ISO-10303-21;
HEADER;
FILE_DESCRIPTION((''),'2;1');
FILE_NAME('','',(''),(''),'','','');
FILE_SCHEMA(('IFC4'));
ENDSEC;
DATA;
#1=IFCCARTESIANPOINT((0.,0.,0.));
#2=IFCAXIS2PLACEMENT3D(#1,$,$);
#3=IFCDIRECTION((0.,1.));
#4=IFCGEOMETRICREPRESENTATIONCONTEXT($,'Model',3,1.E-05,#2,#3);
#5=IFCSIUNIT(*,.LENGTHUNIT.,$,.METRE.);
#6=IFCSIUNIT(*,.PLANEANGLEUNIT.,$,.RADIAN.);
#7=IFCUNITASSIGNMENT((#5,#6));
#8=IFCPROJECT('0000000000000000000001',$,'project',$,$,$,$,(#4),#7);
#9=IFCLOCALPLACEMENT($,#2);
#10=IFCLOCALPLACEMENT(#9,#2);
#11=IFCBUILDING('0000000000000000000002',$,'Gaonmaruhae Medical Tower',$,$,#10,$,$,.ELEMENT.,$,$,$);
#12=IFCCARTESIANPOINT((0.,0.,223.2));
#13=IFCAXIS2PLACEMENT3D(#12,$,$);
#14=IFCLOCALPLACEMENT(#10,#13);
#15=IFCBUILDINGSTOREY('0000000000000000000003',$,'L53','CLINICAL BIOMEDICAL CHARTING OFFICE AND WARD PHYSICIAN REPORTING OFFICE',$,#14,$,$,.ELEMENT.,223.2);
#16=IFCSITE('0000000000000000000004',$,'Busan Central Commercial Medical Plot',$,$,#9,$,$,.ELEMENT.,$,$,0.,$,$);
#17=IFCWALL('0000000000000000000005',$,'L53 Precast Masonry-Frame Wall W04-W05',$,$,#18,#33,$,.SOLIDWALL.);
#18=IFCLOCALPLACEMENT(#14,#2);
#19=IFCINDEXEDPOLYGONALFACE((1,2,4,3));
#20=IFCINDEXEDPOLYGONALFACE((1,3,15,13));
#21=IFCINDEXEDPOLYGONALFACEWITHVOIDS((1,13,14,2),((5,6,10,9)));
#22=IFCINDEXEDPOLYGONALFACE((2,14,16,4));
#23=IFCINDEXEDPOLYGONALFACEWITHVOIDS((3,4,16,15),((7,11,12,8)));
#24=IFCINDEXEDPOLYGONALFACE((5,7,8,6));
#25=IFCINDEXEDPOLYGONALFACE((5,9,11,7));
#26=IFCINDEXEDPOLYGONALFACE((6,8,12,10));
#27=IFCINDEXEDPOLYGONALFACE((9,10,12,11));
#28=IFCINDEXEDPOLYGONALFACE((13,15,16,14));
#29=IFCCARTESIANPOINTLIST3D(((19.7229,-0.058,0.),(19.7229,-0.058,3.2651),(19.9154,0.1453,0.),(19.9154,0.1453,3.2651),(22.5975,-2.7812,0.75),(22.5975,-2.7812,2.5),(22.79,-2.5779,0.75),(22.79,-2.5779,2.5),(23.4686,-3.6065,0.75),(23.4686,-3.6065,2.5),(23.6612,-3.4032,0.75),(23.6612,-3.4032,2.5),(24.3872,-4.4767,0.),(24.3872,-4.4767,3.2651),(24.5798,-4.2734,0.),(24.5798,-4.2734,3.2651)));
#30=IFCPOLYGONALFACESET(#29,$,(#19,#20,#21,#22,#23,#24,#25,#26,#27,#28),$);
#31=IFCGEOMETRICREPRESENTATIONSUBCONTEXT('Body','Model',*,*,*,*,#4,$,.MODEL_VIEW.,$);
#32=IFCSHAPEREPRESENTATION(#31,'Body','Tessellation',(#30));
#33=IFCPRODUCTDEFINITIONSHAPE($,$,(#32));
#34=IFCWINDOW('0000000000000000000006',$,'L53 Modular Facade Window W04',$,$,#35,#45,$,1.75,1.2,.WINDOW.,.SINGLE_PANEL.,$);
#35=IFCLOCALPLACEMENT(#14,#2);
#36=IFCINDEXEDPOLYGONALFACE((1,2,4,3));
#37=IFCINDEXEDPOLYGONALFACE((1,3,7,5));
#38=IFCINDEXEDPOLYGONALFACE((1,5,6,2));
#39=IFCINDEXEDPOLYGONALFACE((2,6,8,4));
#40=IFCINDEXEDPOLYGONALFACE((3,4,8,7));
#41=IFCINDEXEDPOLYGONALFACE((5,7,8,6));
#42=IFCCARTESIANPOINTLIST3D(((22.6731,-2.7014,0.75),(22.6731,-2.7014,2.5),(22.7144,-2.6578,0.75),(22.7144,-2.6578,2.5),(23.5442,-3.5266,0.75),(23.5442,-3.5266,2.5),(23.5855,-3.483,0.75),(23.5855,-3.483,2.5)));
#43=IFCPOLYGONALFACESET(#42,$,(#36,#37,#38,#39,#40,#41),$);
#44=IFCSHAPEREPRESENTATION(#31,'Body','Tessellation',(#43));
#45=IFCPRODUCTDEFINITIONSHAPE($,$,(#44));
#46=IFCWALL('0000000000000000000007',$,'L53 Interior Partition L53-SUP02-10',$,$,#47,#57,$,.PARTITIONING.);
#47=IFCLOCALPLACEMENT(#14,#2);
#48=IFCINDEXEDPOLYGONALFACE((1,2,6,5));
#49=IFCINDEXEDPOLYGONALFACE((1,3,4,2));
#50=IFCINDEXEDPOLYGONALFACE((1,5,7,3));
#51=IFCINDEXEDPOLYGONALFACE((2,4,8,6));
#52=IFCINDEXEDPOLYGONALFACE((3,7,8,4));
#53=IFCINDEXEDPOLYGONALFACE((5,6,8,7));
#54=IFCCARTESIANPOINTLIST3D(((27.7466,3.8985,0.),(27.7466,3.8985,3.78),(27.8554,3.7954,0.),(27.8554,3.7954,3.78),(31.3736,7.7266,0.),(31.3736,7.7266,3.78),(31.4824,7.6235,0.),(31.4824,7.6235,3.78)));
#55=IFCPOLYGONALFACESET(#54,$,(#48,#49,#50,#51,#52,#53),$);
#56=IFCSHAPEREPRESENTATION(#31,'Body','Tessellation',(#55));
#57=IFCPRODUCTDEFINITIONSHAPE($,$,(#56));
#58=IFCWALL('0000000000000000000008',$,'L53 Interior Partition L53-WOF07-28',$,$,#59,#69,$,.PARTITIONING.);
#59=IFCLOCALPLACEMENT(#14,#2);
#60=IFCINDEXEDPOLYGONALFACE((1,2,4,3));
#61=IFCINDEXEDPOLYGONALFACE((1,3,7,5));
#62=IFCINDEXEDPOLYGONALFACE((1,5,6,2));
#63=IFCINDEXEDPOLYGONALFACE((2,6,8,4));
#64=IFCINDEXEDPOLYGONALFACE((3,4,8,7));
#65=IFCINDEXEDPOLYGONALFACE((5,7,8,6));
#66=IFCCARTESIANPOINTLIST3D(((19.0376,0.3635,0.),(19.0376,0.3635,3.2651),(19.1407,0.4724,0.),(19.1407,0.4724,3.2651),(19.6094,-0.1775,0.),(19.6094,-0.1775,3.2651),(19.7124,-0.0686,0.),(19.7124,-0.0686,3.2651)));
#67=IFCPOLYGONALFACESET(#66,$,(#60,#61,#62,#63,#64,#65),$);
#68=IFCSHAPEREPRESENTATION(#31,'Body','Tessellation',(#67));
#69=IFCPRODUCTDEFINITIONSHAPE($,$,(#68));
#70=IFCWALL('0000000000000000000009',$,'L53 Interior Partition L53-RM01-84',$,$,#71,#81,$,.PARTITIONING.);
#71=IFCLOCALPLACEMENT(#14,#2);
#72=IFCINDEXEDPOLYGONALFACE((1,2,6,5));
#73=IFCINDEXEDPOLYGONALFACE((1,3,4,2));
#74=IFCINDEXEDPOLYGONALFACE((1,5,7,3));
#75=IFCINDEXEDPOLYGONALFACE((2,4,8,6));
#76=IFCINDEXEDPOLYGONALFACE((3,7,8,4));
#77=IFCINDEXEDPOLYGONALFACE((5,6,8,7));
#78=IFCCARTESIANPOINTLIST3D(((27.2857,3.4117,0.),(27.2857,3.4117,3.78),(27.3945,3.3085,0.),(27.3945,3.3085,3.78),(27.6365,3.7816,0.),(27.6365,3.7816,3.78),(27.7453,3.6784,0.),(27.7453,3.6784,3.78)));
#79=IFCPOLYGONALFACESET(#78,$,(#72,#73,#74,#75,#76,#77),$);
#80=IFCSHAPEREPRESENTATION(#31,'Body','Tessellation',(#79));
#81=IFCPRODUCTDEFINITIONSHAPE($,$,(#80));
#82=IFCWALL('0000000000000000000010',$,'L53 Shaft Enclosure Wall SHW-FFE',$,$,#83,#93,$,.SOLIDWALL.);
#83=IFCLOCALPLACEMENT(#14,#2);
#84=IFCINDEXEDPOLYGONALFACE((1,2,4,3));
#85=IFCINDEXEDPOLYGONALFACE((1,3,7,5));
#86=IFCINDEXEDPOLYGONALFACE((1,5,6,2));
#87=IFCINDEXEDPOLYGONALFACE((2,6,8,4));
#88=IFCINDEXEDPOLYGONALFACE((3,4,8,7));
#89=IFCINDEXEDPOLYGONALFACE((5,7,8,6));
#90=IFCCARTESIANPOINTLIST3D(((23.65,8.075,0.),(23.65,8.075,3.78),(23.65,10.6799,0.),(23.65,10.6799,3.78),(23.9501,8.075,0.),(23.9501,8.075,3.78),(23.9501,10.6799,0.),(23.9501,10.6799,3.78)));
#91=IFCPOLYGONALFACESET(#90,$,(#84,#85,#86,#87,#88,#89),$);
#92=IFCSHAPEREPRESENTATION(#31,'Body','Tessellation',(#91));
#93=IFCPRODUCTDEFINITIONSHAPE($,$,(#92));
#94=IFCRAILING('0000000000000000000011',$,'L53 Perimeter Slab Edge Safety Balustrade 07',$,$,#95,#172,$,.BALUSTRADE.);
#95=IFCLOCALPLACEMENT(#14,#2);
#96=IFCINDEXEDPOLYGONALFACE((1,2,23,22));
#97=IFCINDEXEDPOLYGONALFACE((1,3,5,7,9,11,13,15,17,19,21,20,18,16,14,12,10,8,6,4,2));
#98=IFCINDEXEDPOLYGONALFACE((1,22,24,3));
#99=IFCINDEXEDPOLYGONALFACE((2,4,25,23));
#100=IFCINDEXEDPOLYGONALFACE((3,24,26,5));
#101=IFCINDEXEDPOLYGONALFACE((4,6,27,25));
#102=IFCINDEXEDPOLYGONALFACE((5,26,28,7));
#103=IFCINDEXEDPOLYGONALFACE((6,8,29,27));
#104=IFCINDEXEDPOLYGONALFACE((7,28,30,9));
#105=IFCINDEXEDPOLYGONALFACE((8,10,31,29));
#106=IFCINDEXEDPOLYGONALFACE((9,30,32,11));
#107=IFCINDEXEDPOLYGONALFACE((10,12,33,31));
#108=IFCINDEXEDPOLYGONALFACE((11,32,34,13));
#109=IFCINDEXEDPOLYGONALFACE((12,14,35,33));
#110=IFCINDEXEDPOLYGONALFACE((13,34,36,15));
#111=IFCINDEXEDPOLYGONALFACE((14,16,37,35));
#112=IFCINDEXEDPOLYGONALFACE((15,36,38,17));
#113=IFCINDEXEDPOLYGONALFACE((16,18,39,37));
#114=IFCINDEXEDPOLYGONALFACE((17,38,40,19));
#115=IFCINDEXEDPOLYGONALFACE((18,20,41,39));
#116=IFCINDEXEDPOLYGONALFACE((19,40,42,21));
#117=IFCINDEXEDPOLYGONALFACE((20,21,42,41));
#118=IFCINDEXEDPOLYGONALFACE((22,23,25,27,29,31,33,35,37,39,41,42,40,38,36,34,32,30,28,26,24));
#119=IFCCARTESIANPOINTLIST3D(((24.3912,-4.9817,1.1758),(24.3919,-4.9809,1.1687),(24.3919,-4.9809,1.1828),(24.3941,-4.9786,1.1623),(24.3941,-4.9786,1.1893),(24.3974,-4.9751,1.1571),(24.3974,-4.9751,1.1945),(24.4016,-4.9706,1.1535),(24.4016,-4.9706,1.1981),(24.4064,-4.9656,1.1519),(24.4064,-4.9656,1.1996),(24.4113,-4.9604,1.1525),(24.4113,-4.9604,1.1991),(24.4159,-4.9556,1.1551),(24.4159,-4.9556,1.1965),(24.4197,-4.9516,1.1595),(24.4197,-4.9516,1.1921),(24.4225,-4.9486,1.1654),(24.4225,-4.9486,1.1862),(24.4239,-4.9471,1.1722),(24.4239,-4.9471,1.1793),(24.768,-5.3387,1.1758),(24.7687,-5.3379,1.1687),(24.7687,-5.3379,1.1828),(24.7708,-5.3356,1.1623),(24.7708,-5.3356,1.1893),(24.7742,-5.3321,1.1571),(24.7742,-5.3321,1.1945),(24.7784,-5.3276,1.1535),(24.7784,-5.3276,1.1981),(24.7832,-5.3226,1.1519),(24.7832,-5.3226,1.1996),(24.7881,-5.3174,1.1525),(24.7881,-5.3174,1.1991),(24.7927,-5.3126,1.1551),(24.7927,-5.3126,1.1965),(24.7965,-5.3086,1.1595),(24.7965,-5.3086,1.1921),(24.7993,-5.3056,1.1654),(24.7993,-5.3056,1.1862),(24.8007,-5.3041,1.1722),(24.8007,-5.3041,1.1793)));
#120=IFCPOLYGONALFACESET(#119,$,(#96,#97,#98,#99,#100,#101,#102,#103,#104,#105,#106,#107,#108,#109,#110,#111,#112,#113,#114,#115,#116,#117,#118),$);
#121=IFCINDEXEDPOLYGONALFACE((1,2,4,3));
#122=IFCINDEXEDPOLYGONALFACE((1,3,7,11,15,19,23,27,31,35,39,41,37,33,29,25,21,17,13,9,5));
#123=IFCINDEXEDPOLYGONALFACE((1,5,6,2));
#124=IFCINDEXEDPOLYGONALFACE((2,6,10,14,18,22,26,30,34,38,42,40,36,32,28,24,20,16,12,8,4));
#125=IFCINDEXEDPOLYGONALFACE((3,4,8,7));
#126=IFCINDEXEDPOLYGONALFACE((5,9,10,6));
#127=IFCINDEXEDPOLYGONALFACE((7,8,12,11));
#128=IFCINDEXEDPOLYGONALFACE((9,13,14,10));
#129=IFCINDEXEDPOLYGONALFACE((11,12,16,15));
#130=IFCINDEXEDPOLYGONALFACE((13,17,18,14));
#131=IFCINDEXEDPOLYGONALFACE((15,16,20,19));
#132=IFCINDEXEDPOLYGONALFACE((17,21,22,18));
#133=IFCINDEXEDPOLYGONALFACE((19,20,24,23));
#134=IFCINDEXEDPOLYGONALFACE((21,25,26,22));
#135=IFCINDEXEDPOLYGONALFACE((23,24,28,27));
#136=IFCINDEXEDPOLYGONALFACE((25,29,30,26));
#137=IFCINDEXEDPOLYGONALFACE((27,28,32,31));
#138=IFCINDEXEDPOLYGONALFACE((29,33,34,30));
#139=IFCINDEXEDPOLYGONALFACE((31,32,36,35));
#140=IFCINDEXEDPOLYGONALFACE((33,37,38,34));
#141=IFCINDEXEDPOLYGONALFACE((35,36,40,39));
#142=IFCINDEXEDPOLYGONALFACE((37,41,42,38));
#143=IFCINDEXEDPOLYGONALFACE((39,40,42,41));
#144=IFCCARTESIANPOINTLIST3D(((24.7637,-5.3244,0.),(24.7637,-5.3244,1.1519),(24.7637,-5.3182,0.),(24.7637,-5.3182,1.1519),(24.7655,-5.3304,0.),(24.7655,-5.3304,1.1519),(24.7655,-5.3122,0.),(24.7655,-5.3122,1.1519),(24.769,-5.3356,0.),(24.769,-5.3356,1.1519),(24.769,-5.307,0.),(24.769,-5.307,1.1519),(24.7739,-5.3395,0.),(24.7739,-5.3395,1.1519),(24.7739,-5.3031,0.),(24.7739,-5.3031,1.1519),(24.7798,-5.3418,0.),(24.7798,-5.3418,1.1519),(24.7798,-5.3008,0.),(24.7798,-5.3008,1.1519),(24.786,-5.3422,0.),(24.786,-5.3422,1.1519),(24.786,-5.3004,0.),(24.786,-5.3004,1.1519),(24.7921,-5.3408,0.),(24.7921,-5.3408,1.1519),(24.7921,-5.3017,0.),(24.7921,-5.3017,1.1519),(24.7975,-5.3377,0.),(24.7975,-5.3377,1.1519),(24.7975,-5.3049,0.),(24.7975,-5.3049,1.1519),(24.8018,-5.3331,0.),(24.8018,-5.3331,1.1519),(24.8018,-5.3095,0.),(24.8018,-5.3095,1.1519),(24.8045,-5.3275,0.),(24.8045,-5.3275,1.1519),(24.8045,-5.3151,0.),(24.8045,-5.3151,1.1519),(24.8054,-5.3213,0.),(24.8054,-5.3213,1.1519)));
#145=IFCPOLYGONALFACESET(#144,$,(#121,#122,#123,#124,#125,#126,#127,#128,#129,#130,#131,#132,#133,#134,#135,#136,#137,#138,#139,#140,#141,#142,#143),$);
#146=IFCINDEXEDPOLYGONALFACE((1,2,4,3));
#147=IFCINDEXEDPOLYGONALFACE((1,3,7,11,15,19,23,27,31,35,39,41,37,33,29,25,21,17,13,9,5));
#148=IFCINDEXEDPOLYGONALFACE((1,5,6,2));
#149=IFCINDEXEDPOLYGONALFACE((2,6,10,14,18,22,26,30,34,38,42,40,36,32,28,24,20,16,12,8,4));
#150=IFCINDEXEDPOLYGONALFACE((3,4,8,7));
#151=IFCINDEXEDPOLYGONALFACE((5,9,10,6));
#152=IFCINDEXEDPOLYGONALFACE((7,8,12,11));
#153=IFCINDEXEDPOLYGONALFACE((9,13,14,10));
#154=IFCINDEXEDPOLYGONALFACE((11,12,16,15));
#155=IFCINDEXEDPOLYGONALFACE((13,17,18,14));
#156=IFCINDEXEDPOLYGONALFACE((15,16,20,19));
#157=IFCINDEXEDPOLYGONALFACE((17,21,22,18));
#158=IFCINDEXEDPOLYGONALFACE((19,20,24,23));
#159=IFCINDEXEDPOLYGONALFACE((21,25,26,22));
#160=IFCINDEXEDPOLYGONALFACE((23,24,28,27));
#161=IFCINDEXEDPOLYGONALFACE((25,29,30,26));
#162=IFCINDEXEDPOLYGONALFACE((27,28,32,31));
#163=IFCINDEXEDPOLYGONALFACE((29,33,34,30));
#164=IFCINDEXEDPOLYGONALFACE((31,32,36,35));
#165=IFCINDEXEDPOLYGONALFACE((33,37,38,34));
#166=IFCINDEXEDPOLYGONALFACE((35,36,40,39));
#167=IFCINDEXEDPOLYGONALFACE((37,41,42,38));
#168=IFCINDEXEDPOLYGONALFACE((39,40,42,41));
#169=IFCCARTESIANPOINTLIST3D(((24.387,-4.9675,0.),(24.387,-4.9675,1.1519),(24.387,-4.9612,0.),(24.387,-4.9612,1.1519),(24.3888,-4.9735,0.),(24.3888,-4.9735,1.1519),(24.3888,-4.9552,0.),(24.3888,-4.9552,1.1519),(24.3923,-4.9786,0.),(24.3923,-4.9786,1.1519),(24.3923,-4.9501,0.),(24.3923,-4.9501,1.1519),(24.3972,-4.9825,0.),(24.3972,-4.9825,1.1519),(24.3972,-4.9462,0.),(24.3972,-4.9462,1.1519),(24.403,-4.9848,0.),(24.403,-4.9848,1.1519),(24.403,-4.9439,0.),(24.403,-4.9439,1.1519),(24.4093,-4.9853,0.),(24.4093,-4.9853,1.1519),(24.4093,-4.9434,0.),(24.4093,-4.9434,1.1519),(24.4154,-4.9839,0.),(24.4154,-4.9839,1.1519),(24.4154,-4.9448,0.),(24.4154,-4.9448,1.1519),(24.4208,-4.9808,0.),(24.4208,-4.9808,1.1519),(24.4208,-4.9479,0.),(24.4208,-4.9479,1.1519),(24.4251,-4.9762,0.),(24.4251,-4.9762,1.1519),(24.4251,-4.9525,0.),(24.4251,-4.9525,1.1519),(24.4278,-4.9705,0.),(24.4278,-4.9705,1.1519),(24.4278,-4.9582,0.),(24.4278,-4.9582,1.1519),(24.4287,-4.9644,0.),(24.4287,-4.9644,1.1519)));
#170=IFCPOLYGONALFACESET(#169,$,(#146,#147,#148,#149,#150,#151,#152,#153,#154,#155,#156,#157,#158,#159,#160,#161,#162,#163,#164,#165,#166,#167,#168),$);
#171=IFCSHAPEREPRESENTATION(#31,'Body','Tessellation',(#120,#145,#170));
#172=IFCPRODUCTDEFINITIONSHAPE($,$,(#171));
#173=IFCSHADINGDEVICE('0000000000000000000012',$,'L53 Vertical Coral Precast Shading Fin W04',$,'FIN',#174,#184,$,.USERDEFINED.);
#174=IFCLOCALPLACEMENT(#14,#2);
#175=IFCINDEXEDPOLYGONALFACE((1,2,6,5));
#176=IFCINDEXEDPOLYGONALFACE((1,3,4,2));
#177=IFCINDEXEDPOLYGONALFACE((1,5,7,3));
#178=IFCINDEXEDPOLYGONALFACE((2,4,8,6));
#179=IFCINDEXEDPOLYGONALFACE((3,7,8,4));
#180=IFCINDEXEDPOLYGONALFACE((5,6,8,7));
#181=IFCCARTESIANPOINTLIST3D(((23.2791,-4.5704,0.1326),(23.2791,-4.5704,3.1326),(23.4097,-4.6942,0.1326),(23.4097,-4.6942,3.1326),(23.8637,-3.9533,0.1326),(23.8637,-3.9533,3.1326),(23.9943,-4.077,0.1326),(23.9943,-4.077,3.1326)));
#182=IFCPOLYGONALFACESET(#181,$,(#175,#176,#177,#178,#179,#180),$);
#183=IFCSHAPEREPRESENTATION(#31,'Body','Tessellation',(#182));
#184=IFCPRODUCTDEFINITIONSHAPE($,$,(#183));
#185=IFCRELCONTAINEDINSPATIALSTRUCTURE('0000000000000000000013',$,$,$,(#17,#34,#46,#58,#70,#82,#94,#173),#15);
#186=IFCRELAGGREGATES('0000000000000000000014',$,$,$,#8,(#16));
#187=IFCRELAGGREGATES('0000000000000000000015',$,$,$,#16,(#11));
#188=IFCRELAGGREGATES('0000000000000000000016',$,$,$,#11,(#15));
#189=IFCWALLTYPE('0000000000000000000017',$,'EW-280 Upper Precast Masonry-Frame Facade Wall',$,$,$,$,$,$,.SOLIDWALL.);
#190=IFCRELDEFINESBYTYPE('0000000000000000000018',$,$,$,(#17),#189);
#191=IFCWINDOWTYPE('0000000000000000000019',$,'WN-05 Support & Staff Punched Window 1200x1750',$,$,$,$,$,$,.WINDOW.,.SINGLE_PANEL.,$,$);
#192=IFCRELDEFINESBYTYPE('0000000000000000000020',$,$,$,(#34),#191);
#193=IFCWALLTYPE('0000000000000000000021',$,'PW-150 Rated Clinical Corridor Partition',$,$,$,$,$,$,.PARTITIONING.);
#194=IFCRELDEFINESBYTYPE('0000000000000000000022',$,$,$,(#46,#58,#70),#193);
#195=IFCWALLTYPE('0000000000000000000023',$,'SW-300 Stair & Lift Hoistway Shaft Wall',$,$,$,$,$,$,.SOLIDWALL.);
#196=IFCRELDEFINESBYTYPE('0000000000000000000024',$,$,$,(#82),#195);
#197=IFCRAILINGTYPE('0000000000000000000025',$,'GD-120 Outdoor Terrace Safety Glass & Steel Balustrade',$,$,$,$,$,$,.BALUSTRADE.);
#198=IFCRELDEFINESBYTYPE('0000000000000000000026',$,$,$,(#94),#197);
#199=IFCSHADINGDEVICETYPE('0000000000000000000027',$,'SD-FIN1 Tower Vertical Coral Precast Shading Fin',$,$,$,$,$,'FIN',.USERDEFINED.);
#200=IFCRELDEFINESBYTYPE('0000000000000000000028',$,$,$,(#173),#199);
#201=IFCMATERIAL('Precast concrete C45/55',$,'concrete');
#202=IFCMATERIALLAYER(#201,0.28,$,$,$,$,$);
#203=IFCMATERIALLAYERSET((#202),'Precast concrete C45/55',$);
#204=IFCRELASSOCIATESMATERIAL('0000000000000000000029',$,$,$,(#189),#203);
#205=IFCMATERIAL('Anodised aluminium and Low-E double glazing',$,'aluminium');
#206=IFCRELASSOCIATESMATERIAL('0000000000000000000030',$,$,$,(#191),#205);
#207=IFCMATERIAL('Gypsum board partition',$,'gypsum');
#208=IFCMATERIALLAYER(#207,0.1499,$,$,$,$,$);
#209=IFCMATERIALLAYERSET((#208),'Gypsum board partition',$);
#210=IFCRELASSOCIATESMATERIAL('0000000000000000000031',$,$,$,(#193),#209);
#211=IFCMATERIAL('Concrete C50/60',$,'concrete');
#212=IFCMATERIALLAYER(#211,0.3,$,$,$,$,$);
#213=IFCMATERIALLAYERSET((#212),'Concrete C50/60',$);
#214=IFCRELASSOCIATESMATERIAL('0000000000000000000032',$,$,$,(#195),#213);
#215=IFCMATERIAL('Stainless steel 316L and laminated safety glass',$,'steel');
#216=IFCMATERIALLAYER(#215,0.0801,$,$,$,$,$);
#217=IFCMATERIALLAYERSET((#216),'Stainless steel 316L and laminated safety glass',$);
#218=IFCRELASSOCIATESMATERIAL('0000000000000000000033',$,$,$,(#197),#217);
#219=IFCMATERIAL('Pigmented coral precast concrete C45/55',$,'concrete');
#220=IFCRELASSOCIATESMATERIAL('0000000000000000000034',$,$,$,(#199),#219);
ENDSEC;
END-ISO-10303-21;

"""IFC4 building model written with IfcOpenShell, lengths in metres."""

from ifc_helpers import new_model, si_unit, direction, frame, frame_2d, origin, origin_2d, place, context, subcontext, project, spatial, rectangle, circle, extrude, material, layer, layer_set, type_object, element, fill, save


model = new_model("IFC4")

# Units and contexts
model_context = context("Model", 3, precision=1e-05, world=origin(), true_north=direction((0.0, 1.0)))
body_context = subcontext(model_context, "Body", "Model", "MODEL_VIEW")
ifc_project = project(units=[si_unit("LENGTHUNIT", "METRE"), si_unit("PLANEANGLEUNIT", "RADIAN")], contexts=[model_context])

# Site, building, storey
site_placement = place(None, origin())
site = spatial("IfcSite", under=ifc_project, at=site_placement, Name="Busan Central Commercial Medical Plot", CompositionType="ELEMENT", RefElevation=0.0)
building_placement = place(site_placement, origin())
building = spatial("IfcBuilding", under=site, at=building_placement, Name="Gaonmaruhae Medical Tower", CompositionType="ELEMENT")
storey_placement = place(building_placement, frame((0.0, 0.0, 223.2)))
storey = spatial("IfcBuildingStorey", under=building, at=storey_placement, Name="L53", Description="CLINICAL BIOMEDICAL CHARTING OFFICE AND WARD PHYSICIAN REPORTING OFFICE", CompositionType="ELEMENT", Elevation=223.2)

# Shared definitions
ifc_material_1 = material(Name="Concrete C50/60", Category="concrete")

# Wall, opening, window
ifc_material_2 = material(Name="Precast concrete C45/55", Category="concrete")
ifc_layer_1 = layer(ifc_material_2, 0.28)
ifc_layer_set_1 = layer_set([ifc_layer_1], Name="Precast concrete C45/55")
wall_type_1 = type_object("IfcWallType", Name="EW-280 Upper Precast Masonry-Frame Facade Wall", PredefinedType="SOLIDWALL", material=ifc_layer_set_1)
ifc_material_3 = material(Name="Anodised aluminium and Low-E double glazing", Category="aluminium")
wall_1_placement = place(storey_placement, frame((24.4834, -4.375, 0.0), z_axis=(0.0, 0.0, 1.0), x_axis=(-0.725962, 0.687735, 0.0)))
wall_1 = element("IfcWall", 1, at=wall_1_placement, inside=storey, type_object=wall_type_1, Name="L53 Precast Masonry-Frame Wall W04-W05", PredefinedType="SOLIDWALL", context=body_context, shape_type="SweptSolid", body=[
    extrude(rectangle(XDim=6.425, YDim=0.28, at=frame_2d((3.2124, 0.0))), origin(), (0.0, 0.0, 1.0), 3.2651),
])
opening_1_placement = place(wall_1_placement, frame((1.2651, 0.0, 0.75)))
opening_1 = element("IfcOpeningElement", 2, at=opening_1_placement, cuts=wall_1, PredefinedType="OPENING", context=body_context, shape_type="SweptSolid", body=[
    extrude(rectangle(XDim=1.2, YDim=1.75, at=frame_2d((0.6001, 0.875))), frame((0.0, 0.1499, 0.0), z_axis=(0.0, -1.0, 0.0), x_axis=(1.0, 0.0, 0.0)), (0.0, 0.0, 1.0), 0.3),
])
window_type_1 = type_object("IfcWindowType", Name="WN-05 Support & Staff Punched Window 1200x1750", PartitioningType="SINGLE_PANEL", PredefinedType="WINDOW", material=ifc_material_3)
window_1_placement = place(opening_1_placement, origin())
window_1 = element("IfcWindow", 3, at=window_1_placement, inside=storey, type_object=window_type_1, Name="L53 Modular Facade Window W04", OverallHeight=1.75, OverallWidth=1.2, PartitioningType="SINGLE_PANEL", PredefinedType="WINDOW", context=body_context, shape_type="SweptSolid", body=[
    extrude(rectangle(XDim=1.2, YDim=1.75, at=frame_2d((0.6001, 0.875))), frame((0.0, 0.03, 0.0), z_axis=(0.0, -1.0, 0.0), x_axis=(1.0, 0.0, 0.0)), (0.0, 0.0, 1.0), 0.0601),
])
fill(opening_1, window_1)

# Walls
ifc_material_4 = material(Name="Gypsum board partition", Category="gypsum")
ifc_layer_2 = layer(ifc_material_4, 0.1499)
ifc_layer_set_2 = layer_set([ifc_layer_2], Name="Gypsum board partition")
wall_type_2 = type_object("IfcWallType", Name="PW-150 Rated Clinical Corridor Partition", PredefinedType="PARTITIONING", material=ifc_layer_set_2)
wall_2_placement = place(storey_placement, frame((27.801, 3.8469, 0.0), z_axis=(0.0, 0.0, 1.0), x_axis=(0.687775, 0.725923, 0.0)))
element("IfcWall", 4, at=wall_2_placement, inside=storey, type_object=wall_type_2, Name="L53 Interior Partition L53-SUP02-10", PredefinedType="PARTITIONING", context=body_context, shape_type="SweptSolid", body=[
    extrude(rectangle(XDim=5.2734, YDim=0.1499, at=frame_2d((2.6367, 0.0))), origin(), (0.0, 0.0, 1.0), 3.78),
])
wall_3_placement = place(storey_placement, frame((19.6609, -0.123, 0.0), z_axis=(0.0, 0.0, 1.0), x_axis=(-0.726376, 0.687297, 0.0)))
element("IfcWall", 5, at=wall_3_placement, inside=storey, type_object=wall_type_2, Name="L53 Interior Partition L53-WOF07-28", PredefinedType="PARTITIONING", context=body_context, shape_type="SweptSolid", body=[
    extrude(rectangle(XDim=0.7871, YDim=0.1499, at=frame_2d((0.3936, 0.0))), origin(), (0.0, 0.0, 1.0), 3.2651),
])
wall_4_placement = place(storey_placement, frame((27.6909, 3.73, 0.0), z_axis=(0.0, 0.0, 1.0), x_axis=(-0.688183, -0.725537, 0.0)))
element("IfcWall", 6, at=wall_4_placement, inside=storey, type_object=wall_type_2, Name="L53 Interior Partition L53-RM01-84", PredefinedType="PARTITIONING", context=body_context, shape_type="SweptSolid", body=[
    extrude(rectangle(XDim=0.5098, YDim=0.1499, at=frame_2d((0.2549, 0.0))), origin(), (0.0, 0.0, 1.0), 3.78),
])
ifc_layer_3 = layer(ifc_material_1, 0.3)
ifc_layer_set_3 = layer_set([ifc_layer_3], Name="Concrete C50/60")
wall_type_3 = type_object("IfcWallType", Name="SW-300 Stair & Lift Hoistway Shaft Wall", PredefinedType="SOLIDWALL", material=ifc_layer_set_3)
wall_5_placement = place(storey_placement, frame((23.8, 8.075, 0.0), z_axis=(0.0, 0.0, 1.0), x_axis=(0.0, 1.0, 0.0)))
element("IfcWall", 7, at=wall_5_placement, inside=storey, type_object=wall_type_3, Name="L53 Shaft Enclosure Wall SHW-FFE", PredefinedType="SOLIDWALL", context=body_context, shape_type="SweptSolid", body=[
    extrude(rectangle(XDim=2.605, YDim=0.3, at=frame_2d((1.3025, 0.0))), origin(), (0.0, 0.0, 1.0), 3.78),
])

# Railing
ifc_material_5 = material(Name="Stainless steel 316L and laminated safety glass", Category="steel")
ifc_layer_4 = layer(ifc_material_5, 0.0801)
ifc_layer_set_4 = layer_set([ifc_layer_4], Name="Stainless steel 316L and laminated safety glass")
railing_type = type_object("IfcRailingType", Name="GD-120 Outdoor Terrace Safety Glass & Steel Balustrade", PredefinedType="BALUSTRADE", material=ifc_layer_set_4)
railing_placement = place(storey_placement, frame((24.7844, -5.3213, 0.0)))
element("IfcRailing", 8, at=railing_placement, inside=storey, type_object=railing_type, Name="L53 Perimeter Slab Edge Safety Balustrade 07", PredefinedType="BALUSTRADE", context=body_context, shape_type="SweptSolid", body=[
    extrude(circle(Radius=0.0239, at=origin_2d()), frame((0.0, 0.0, 1.1758), z_axis=(-0.725903, 0.687797, 0.0), x_axis=(-0.687797, -0.725903, 0.0)), (0.0, 0.0, 1.0), 0.519),
    extrude(circle(Radius=0.021, at=origin_2d()), origin(), (0.0, 0.0, 1.0), 1.1519),
    extrude(circle(Radius=0.021, at=origin_2d()), frame((-0.3767, 0.3569, 0.0)), (0.0, 0.0, 1.0), 1.1519),
])

# Shading device
ifc_material_6 = material(Name="Pigmented coral precast concrete C45/55", Category="concrete")
shading_device_type = type_object("IfcShadingDeviceType", Name="SD-FIN1 Tower Vertical Coral Precast Shading Fin", ElementType="FIN", PredefinedType="USERDEFINED", material=ifc_material_6)
for number, where, z_axis, x_axis, name in (
    (9, (23.6367, -4.3237, 0.1326), (0.0, 0.0, 1.0), (-0.725975, 0.687721, 0.0), "L53 Vertical Coral Precast Shading Fin W04"),
):
    element("IfcShadingDevice", number, at=place(storey_placement, frame(where, z_axis=z_axis, x_axis=x_axis)), inside=storey, type_object=shading_device_type, Name=name, ObjectType="FIN", PredefinedType="USERDEFINED", context=body_context, shape_type="SweptSolid", body=[
        extrude(rectangle(XDim=0.1799, YDim=0.8501, at=origin_2d()), origin(), (0.0, 0.0, 1.0), 3.0),
    ])

save(model, "model.ifc")
